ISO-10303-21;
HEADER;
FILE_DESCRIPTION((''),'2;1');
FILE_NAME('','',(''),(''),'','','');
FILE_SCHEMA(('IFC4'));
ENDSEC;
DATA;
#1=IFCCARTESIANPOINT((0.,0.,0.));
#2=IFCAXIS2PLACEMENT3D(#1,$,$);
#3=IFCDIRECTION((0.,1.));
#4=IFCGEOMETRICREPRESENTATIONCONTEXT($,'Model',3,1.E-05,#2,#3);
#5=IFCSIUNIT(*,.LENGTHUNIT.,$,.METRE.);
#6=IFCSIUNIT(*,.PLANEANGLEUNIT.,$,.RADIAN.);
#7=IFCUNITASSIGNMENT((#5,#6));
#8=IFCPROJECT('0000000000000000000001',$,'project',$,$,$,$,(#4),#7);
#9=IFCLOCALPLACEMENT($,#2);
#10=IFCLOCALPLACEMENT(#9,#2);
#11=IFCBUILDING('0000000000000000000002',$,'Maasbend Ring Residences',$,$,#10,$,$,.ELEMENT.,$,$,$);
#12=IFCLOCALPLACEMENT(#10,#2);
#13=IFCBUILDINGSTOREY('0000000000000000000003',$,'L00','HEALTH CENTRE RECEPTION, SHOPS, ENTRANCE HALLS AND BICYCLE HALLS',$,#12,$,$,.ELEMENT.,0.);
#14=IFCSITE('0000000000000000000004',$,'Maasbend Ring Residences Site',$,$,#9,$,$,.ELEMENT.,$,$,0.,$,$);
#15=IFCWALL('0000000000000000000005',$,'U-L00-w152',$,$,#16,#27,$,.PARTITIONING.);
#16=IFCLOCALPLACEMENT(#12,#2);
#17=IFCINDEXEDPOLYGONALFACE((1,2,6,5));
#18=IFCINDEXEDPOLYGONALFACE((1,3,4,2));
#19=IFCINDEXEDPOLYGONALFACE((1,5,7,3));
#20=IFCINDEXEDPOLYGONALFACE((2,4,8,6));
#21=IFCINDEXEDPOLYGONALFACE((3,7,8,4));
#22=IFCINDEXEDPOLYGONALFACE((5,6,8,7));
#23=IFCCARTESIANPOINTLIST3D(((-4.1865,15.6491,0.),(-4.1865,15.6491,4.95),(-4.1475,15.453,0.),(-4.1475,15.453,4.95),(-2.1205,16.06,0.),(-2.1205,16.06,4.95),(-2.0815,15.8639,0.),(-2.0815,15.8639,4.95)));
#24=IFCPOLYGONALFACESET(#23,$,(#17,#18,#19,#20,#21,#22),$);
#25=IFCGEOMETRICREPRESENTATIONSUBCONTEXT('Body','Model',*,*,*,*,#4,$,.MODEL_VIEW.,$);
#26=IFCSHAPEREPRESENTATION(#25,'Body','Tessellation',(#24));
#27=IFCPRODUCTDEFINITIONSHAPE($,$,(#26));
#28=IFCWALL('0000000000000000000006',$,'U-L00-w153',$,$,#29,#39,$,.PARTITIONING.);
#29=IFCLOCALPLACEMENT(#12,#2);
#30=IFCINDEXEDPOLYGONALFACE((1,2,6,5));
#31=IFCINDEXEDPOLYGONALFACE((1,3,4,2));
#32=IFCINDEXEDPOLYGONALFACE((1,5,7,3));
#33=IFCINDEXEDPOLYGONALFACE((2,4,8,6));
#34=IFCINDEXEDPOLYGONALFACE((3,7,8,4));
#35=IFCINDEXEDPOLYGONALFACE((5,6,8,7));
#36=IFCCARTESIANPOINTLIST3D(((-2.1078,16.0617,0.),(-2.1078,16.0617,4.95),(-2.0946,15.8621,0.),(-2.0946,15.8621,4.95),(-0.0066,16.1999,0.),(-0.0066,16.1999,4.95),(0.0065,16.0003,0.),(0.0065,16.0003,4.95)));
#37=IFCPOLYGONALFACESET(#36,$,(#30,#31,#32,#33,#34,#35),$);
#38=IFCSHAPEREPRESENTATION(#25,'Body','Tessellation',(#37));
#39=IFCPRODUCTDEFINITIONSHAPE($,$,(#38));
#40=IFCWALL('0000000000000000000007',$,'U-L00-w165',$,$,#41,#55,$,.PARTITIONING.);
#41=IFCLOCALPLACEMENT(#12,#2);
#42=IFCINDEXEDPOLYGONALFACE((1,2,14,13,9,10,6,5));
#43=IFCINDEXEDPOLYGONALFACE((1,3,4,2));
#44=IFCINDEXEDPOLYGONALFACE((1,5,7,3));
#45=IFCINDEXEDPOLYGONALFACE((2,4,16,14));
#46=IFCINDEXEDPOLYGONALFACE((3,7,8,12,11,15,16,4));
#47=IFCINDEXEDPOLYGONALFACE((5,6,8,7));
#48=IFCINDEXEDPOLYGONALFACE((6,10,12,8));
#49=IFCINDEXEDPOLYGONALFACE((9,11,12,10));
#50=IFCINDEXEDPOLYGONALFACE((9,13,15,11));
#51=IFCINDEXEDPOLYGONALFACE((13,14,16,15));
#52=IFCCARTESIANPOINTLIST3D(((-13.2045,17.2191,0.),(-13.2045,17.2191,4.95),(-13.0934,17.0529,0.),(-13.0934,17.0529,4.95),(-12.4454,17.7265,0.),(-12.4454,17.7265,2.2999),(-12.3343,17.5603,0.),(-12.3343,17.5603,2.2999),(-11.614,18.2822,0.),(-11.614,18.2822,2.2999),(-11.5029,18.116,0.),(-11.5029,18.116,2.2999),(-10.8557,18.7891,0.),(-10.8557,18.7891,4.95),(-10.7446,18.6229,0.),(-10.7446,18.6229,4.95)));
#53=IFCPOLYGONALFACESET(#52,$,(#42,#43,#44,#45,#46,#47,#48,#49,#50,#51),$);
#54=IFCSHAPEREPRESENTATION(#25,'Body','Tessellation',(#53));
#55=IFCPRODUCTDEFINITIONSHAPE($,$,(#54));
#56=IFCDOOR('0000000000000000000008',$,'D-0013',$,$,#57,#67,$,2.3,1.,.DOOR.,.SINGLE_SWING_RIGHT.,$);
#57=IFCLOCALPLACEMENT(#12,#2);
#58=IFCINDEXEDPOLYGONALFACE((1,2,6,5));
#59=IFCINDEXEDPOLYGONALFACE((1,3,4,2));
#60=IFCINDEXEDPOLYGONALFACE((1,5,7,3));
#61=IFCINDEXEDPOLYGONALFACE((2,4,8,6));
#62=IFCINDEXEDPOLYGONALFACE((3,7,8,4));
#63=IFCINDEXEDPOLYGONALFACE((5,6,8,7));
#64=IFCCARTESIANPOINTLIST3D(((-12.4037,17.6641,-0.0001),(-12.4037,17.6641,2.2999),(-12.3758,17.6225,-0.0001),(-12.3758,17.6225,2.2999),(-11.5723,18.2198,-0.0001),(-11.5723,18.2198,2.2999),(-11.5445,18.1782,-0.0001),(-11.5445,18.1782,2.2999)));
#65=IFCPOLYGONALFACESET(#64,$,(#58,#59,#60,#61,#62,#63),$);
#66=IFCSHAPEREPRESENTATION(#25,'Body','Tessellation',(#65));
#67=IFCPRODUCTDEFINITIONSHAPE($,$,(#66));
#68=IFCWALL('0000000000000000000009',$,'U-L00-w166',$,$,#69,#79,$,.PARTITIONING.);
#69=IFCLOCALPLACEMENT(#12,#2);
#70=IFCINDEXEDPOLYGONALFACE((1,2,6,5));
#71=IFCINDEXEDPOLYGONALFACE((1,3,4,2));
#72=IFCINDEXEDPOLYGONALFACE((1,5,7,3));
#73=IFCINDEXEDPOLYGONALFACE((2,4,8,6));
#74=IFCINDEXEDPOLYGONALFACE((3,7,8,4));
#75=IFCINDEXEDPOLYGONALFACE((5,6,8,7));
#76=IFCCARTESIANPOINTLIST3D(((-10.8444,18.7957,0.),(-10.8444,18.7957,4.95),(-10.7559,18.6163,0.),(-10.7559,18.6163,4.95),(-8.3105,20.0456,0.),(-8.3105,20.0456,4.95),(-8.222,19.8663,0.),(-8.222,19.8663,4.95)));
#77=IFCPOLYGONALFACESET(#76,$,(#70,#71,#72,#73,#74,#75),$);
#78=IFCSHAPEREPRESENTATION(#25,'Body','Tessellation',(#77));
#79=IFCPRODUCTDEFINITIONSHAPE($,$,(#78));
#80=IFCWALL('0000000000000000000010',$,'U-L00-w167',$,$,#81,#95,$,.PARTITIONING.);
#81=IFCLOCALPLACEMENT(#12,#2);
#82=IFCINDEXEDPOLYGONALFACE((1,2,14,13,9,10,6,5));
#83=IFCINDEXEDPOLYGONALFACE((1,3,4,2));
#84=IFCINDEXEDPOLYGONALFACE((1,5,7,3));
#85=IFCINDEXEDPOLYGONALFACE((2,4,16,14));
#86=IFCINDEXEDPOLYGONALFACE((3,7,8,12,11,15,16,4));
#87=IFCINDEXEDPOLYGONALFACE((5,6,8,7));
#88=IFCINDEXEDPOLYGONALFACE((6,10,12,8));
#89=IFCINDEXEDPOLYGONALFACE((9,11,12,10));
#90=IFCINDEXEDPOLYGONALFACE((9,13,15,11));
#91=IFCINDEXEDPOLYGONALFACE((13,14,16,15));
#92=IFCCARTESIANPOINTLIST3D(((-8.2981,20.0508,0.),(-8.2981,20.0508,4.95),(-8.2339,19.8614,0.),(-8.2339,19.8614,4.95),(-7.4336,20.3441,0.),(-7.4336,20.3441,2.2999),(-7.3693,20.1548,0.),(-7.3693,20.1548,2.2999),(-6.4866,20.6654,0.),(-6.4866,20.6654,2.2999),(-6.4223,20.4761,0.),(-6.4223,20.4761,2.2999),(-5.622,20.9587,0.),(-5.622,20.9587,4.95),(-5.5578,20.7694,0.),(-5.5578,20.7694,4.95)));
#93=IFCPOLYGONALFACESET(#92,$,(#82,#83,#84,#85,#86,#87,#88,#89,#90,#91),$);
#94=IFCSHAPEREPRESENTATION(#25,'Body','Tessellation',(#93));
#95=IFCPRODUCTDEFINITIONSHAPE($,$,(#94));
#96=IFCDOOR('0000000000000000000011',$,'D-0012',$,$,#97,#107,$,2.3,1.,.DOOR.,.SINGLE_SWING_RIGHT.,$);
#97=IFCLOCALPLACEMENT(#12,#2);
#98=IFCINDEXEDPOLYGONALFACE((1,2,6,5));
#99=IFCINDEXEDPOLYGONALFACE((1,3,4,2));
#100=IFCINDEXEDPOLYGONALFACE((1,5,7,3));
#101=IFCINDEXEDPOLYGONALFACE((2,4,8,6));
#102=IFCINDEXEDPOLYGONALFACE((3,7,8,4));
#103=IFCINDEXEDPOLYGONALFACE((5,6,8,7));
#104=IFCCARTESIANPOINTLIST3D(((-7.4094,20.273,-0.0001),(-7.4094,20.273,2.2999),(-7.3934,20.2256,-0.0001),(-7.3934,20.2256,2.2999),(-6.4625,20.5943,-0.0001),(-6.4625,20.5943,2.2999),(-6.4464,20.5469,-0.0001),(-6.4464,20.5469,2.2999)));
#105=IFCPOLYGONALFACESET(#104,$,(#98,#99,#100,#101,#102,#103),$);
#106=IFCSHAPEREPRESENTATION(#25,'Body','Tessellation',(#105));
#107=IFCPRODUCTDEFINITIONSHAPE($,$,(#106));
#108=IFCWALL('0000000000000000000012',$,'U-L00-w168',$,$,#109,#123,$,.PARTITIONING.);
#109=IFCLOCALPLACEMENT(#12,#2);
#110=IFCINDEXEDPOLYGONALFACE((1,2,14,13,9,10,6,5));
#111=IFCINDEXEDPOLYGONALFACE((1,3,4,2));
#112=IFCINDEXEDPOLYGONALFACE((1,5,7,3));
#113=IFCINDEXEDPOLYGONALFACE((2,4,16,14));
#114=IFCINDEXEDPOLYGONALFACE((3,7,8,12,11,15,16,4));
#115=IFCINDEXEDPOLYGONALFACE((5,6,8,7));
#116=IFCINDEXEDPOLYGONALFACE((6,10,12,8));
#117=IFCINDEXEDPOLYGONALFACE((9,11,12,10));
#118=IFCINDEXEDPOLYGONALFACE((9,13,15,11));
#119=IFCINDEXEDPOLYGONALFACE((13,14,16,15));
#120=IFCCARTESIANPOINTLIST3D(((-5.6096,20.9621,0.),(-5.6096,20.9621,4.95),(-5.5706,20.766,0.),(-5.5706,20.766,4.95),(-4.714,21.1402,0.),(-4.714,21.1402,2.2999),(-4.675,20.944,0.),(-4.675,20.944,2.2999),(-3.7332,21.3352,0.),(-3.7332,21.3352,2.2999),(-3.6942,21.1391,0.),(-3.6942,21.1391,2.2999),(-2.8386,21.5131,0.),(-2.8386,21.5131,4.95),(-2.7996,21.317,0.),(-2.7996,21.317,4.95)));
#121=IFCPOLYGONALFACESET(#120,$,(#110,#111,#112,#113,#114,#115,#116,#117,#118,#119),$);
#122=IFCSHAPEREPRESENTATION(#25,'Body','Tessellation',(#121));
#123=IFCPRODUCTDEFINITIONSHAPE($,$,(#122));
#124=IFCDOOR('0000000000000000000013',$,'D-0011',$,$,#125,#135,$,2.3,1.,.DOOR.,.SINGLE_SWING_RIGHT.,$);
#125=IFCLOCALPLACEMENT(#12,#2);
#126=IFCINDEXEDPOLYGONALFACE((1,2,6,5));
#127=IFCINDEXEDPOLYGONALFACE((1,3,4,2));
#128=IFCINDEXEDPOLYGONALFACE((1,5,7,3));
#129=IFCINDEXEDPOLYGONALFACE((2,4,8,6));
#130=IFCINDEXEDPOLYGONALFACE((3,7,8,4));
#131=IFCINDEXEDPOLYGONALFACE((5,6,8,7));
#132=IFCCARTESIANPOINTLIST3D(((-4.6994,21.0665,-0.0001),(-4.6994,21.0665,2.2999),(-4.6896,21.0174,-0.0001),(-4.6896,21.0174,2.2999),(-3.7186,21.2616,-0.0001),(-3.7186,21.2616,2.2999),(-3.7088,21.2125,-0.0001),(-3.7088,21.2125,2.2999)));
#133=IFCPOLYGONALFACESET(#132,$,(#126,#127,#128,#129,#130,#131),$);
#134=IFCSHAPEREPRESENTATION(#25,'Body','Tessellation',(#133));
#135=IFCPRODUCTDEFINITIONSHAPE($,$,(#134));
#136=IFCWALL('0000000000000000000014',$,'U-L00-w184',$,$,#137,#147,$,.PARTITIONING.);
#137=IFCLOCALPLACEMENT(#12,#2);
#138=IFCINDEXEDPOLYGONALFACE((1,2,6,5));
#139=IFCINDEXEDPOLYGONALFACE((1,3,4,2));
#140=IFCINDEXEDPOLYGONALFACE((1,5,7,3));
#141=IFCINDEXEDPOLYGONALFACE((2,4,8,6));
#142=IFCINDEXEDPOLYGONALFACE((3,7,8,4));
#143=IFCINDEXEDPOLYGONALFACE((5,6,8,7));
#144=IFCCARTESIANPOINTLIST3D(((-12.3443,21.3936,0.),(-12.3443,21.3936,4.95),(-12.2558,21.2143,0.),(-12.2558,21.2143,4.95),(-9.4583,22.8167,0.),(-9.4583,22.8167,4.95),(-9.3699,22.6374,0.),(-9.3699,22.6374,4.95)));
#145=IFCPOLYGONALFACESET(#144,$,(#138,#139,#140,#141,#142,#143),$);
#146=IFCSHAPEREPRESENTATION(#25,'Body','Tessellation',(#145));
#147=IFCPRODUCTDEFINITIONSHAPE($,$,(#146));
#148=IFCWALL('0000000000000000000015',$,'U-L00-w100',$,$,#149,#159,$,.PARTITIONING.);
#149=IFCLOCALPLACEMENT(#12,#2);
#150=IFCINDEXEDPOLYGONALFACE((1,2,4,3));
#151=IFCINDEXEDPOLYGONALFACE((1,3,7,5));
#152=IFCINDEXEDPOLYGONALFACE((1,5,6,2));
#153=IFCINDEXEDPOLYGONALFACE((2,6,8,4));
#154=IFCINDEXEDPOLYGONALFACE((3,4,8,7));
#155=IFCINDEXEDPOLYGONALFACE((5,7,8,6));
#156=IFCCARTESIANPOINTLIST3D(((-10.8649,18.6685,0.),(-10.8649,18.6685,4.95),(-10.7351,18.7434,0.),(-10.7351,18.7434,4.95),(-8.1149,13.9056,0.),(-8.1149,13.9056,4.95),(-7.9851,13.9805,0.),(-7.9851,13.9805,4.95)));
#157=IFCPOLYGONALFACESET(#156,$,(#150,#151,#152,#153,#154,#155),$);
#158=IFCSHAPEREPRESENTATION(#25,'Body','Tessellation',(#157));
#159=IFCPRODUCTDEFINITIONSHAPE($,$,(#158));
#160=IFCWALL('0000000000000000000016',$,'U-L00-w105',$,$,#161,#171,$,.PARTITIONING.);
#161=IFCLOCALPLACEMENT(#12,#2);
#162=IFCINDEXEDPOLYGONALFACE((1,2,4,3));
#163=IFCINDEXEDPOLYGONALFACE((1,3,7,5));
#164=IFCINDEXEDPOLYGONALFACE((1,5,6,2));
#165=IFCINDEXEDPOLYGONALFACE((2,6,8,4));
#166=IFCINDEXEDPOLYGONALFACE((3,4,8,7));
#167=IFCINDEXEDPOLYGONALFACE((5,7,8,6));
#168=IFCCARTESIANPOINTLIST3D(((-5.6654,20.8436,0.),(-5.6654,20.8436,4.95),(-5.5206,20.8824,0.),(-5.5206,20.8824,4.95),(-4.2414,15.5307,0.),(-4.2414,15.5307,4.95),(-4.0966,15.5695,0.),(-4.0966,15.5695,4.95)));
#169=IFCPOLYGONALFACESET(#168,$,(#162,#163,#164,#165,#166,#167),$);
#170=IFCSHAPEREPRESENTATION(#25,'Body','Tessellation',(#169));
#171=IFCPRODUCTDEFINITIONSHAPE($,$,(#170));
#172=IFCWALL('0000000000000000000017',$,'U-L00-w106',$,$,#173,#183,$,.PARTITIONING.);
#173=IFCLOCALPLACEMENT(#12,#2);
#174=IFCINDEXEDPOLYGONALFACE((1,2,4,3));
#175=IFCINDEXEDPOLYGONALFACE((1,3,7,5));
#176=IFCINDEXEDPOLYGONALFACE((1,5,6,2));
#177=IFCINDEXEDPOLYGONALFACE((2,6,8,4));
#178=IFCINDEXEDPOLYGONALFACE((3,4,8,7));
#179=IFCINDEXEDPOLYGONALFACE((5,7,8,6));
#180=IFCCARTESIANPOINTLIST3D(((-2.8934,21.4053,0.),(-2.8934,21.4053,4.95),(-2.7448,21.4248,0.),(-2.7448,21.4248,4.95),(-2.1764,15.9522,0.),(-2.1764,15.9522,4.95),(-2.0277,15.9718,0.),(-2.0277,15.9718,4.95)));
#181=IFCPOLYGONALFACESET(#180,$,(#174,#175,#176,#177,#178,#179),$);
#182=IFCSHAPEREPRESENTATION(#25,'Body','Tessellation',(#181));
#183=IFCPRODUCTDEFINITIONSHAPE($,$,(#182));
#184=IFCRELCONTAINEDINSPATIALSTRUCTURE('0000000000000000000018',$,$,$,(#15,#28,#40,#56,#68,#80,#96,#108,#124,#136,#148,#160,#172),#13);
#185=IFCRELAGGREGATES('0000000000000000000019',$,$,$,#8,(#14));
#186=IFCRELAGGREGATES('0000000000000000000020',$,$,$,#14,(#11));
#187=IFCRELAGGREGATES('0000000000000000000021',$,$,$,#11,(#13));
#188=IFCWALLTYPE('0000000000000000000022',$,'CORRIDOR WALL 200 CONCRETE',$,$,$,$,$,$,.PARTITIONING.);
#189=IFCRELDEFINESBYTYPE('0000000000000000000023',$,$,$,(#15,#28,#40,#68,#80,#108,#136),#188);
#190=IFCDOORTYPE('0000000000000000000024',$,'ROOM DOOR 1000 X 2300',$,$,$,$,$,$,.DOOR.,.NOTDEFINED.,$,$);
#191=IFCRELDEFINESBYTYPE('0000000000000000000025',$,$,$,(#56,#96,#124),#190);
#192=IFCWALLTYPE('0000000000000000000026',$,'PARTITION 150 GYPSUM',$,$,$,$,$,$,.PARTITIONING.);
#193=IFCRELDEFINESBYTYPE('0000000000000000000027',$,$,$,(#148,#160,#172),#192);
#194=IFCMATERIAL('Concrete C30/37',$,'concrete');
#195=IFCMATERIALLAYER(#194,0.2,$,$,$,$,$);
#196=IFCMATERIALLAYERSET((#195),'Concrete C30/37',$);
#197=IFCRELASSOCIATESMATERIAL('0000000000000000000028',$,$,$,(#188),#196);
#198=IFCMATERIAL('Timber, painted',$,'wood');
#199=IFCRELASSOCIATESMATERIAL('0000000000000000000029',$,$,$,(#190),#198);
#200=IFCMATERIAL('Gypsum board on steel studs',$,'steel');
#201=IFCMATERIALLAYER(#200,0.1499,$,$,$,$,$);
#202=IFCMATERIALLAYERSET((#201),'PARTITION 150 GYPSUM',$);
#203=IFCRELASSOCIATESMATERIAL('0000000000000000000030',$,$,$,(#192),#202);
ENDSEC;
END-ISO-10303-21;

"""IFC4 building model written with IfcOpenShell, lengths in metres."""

from ifc_helpers import new_model, si_unit, direction, frame, frame_2d, origin, place, context, subcontext, project, spatial, rectangle, extrude, material, layer, layer_set, type_object, element, fill, save


model = new_model("IFC4")

# Units and contexts
model_context = context("Model", 3, precision=1e-05, world=origin(), true_north=direction((0.0, 1.0)))
body_context = subcontext(model_context, "Body", "Model", "MODEL_VIEW")
ifc_project = project(units=[si_unit("LENGTHUNIT", "METRE"), si_unit("PLANEANGLEUNIT", "RADIAN")], contexts=[model_context])

# Site, building, storey
site_placement = place(None, origin())
site = spatial("IfcSite", under=ifc_project, at=site_placement, Name="Maasbend Ring Residences Site", CompositionType="ELEMENT", RefElevation=0.0)
building_placement = place(site_placement, origin())
building = spatial("IfcBuilding", under=site, at=building_placement, Name="Maasbend Ring Residences", CompositionType="ELEMENT")
storey_placement = place(building_placement, origin())
storey = spatial("IfcBuildingStorey", under=building, at=storey_placement, Name="L00", Description="HEALTH CENTRE RECEPTION, SHOPS, ENTRANCE HALLS AND BICYCLE HALLS", CompositionType="ELEMENT", Elevation=0.0)

# Walls
ifc_material_1 = material(Name="Concrete C30/37", Category="concrete")
ifc_layer_1 = layer(ifc_material_1, 0.2)
ifc_layer_set_1 = layer_set([ifc_layer_1], Name="Concrete C30/37")
wall_type_1 = type_object("IfcWallType", Name="CORRIDOR WALL 200 CONCRETE", PredefinedType="PARTITIONING", material=ifc_layer_set_1)
wall_1_placement = place(storey_placement, frame((-4.167, 15.551, 0.0), z_axis=(0.0, 0.0, 1.0), x_axis=(0.98079, 0.195068, 0.0)))
element("IfcWall", 1, at=wall_1_placement, inside=storey, type_object=wall_type_1, Name="U-L00-w152", PredefinedType="PARTITIONING", context=body_context, shape_type="SweptSolid", body=[
    extrude(rectangle(XDim=2.1064, YDim=0.2, at=frame_2d((1.0532, 0.0))), origin(), (0.0, 0.0, 1.0), 4.95),
])
wall_2_placement = place(storey_placement, frame((-2.1011, 15.9619, 0.0), z_axis=(0.0, 0.0, 1.0), x_axis=(0.997844, 0.065626, 0.0)))
element("IfcWall", 2, at=wall_2_placement, inside=storey, type_object=wall_type_1, Name="U-L00-w153", PredefinedType="PARTITIONING", context=body_context, shape_type="SweptSolid", body=[
    extrude(rectangle(XDim=2.1057, YDim=0.2, at=frame_2d((1.0527, 0.0))), origin(), (0.0, 0.0, 1.0), 4.95),
])

# Wall, opening, door
wall_3_placement = place(storey_placement, frame((-13.1489, 17.136, 0.0), z_axis=(0.0, 0.0, 1.0), x_axis=(0.831372, 0.555717, 0.0)))
wall_3 = element("IfcWall", 3, at=wall_3_placement, inside=storey, type_object=wall_type_1, Name="U-L00-w165", PredefinedType="PARTITIONING", context=body_context, shape_type="SweptSolid", body=[
    extrude(rectangle(XDim=2.8252, YDim=0.2, at=frame_2d((1.4126, 0.0))), origin(), (0.0, 0.0, 1.0), 4.95),
])
opening_1_placement = place(wall_3_placement, frame((0.9131, 0.0, 0.0)))
opening_1 = element("IfcOpeningElement", 4, at=opening_1_placement, cuts=wall_3, PredefinedType="OPENING", context=body_context, shape_type="SweptSolid", body=[
    extrude(rectangle(XDim=1.0, YDim=2.3, at=frame_2d((0.5, 1.1499))), frame((0.0, 0.1099, 0.0), z_axis=(0.0, -1.0, 0.0), x_axis=(1.0, 0.0, 0.0)), (0.0, 0.0, 1.0), 0.22),
])
ifc_material_2 = material(Name="Timber, painted", Category="wood")
door_type = type_object("IfcDoorType", Name="ROOM DOOR 1000 X 2300", OperationType="NOTDEFINED", PredefinedType="DOOR", material=ifc_material_2)
door_1_placement = place(opening_1_placement, origin())
door_1 = element("IfcDoor", 5, at=door_1_placement, inside=storey, type_object=door_type, Name="D-0013", OperationType="SINGLE_SWING_RIGHT", OverallHeight=2.3, OverallWidth=1.0, PredefinedType="DOOR", context=body_context, shape_type="SweptSolid", body=[
    extrude(rectangle(XDim=1.0, YDim=2.3, at=frame_2d((0.5, 1.1499))), frame((0.0, 0.0249, 0.0), z_axis=(0.0, -1.0, 0.0), x_axis=(1.0, 0.0, 0.0)), (0.0, 0.0, 1.0), 0.05),
])
fill(opening_1, door_1)

# Wall
wall_4_placement = place(storey_placement, frame((-10.8, 18.7061, 0.0), z_axis=(0.0, 0.0, 1.0), x_axis=(0.896816, 0.442403, 0.0)))
element("IfcWall", 6, at=wall_4_placement, inside=storey, type_object=wall_type_1, Name="U-L00-w166", PredefinedType="PARTITIONING", context=body_context, shape_type="SweptSolid", body=[
    extrude(rectangle(XDim=2.8254, YDim=0.2, at=frame_2d((1.4126, 0.0))), origin(), (0.0, 0.0, 1.0), 4.95),
])

# Walls, openings, doors
wall_5_placement = place(storey_placement, frame((-8.2661, 19.9561, 0.0), z_axis=(0.0, 0.0, 1.0), x_axis=(0.946976, 0.321303, 0.0)))
wall_5 = element("IfcWall", 7, at=wall_5_placement, inside=storey, type_object=wall_type_1, Name="U-L00-w167", PredefinedType="PARTITIONING", context=body_context, shape_type="SweptSolid", body=[
    extrude(rectangle(XDim=2.8259, YDim=0.2, at=frame_2d((1.4131, 0.0))), origin(), (0.0, 0.0, 1.0), 4.95),
])
opening_2_placement = place(wall_5_placement, frame((0.9131, 0.0, 0.0)))
opening_2 = element("IfcOpeningElement", 8, at=opening_2_placement, cuts=wall_5, PredefinedType="OPENING", context=body_context, shape_type="SweptSolid", body=[
    extrude(rectangle(XDim=1.0, YDim=2.3, at=frame_2d((0.5, 1.1499))), frame((0.0, 0.1099, 0.0), z_axis=(0.0, -1.0, 0.0), x_axis=(1.0, 0.0, 0.0)), (0.0, 0.0, 1.0), 0.22),
])
door_2_placement = place(opening_2_placement, origin())
door_2 = element("IfcDoor", 9, at=door_2_placement, inside=storey, type_object=door_type, Name="D-0012", OperationType="SINGLE_SWING_RIGHT", OverallHeight=2.3, OverallWidth=1.0, PredefinedType="DOOR", context=body_context, shape_type="SweptSolid", body=[
    extrude(rectangle(XDim=1.0, YDim=2.3, at=frame_2d((0.5, 1.1499))), frame((0.0, 0.0249, 0.0), z_axis=(0.0, -1.0, 0.0), x_axis=(1.0, 0.0, 0.0)), (0.0, 0.0, 1.0), 0.05),
])
fill(opening_2, door_2)
wall_6_placement = place(storey_placement, frame((-5.5901, 20.864, 0.0), z_axis=(0.0, 0.0, 1.0), x_axis=(0.980796, 0.195036, 0.0)))
wall_6 = element("IfcWall", 10, at=wall_6_placement, inside=storey, type_object=wall_type_1, Name="U-L00-w168", PredefinedType="PARTITIONING", context=body_context, shape_type="SweptSolid", body=[
    extrude(rectangle(XDim=2.8252, YDim=0.2, at=frame_2d((1.4126, 0.0))), origin(), (0.0, 0.0, 1.0), 4.95),
])
opening_3_placement = place(wall_6_placement, frame((0.9131, 0.0, 0.0)))
opening_3 = element("IfcOpeningElement", 11, at=opening_3_placement, cuts=wall_6, PredefinedType="OPENING", context=body_context, shape_type="SweptSolid", body=[
    extrude(rectangle(XDim=1.0, YDim=2.3, at=frame_2d((0.5, 1.1499))), frame((0.0, 0.1099, 0.0), z_axis=(0.0, -1.0, 0.0), x_axis=(1.0, 0.0, 0.0)), (0.0, 0.0, 1.0), 0.22),
])
door_3_placement = place(opening_3_placement, origin())
door_3 = element("IfcDoor", 12, at=door_3_placement, inside=storey, type_object=door_type, Name="D-0011", OperationType="SINGLE_SWING_RIGHT", OverallHeight=2.3, OverallWidth=1.0, PredefinedType="DOOR", context=body_context, shape_type="SweptSolid", body=[
    extrude(rectangle(XDim=1.0, YDim=2.3, at=frame_2d((0.5, 1.1499))), frame((0.0, 0.0249, 0.0), z_axis=(0.0, -1.0, 0.0), x_axis=(1.0, 0.0, 0.0)), (0.0, 0.0, 1.0), 0.05),
])
fill(opening_3, door_3)

# Walls
wall_7_placement = place(storey_placement, frame((-12.3, 21.304, 0.0), z_axis=(0.0, 0.0, 1.0), x_axis=(0.896887, 0.44226, 0.0)))
element("IfcWall", 13, at=wall_7_placement, inside=storey, type_object=wall_type_1, Name="U-L00-w184", PredefinedType="PARTITIONING", context=body_context, shape_type="SweptSolid", body=[
    extrude(rectangle(XDim=3.2178, YDim=0.2, at=frame_2d((1.6089, 0.0))), origin(), (0.0, 0.0, 1.0), 4.95),
])
ifc_material_3 = material(Name="Gypsum board on steel studs", Category="steel")
ifc_layer_2 = layer(ifc_material_3, 0.1499)
ifc_layer_set_2 = layer_set([ifc_layer_2], Name="PARTITION 150 GYPSUM")
wall_type_2 = type_object("IfcWallType", Name="PARTITION 150 GYPSUM", PredefinedType="PARTITIONING", material=ifc_layer_set_2)
wall_8_placement = place(storey_placement, frame((-10.8, 18.7061, 0.0), z_axis=(0.0, 0.0, 1.0), x_axis=(0.500016, -0.866016, 0.0)))
element("IfcWall", 14, at=wall_8_placement, inside=storey, type_object=wall_type_2, Name="U-L00-w100", PredefinedType="PARTITIONING", context=body_context, shape_type="SweptSolid", body=[
    extrude(rectangle(XDim=5.4998, YDim=0.1499, at=frame_2d((2.75, 0.0))), origin(), (0.0, 0.0, 1.0), 4.95),
])
wall_9_placement = place(storey_placement, frame((-5.593, 20.863, 0.0), z_axis=(0.0, 0.0, 1.0), x_axis=(0.258897, -0.965905, 0.0)))
element("IfcWall", 15, at=wall_9_placement, inside=storey, type_object=wall_type_2, Name="U-L00-w105", PredefinedType="PARTITIONING", context=body_context, shape_type="SweptSolid", body=[
    extrude(rectangle(XDim=5.5005, YDim=0.1499, at=frame_2d((2.7502, 0.0))), origin(), (0.0, 0.0, 1.0), 4.95),
])
wall_10_placement = place(storey_placement, frame((-2.8191, 21.415, 0.0), z_axis=(0.0, 0.0, 1.0), x_axis=(0.13037, -0.991465, 0.0)))
element("IfcWall", 16, at=wall_10_placement, inside=storey, type_object=wall_type_2, Name="U-L00-w106", PredefinedType="PARTITIONING", context=body_context, shape_type="SweptSolid", body=[
    extrude(rectangle(XDim=5.5, YDim=0.1499, at=frame_2d((2.75, 0.0))), origin(), (0.0, 0.0, 1.0), 4.95),
])

save(model, "model.ifc")
